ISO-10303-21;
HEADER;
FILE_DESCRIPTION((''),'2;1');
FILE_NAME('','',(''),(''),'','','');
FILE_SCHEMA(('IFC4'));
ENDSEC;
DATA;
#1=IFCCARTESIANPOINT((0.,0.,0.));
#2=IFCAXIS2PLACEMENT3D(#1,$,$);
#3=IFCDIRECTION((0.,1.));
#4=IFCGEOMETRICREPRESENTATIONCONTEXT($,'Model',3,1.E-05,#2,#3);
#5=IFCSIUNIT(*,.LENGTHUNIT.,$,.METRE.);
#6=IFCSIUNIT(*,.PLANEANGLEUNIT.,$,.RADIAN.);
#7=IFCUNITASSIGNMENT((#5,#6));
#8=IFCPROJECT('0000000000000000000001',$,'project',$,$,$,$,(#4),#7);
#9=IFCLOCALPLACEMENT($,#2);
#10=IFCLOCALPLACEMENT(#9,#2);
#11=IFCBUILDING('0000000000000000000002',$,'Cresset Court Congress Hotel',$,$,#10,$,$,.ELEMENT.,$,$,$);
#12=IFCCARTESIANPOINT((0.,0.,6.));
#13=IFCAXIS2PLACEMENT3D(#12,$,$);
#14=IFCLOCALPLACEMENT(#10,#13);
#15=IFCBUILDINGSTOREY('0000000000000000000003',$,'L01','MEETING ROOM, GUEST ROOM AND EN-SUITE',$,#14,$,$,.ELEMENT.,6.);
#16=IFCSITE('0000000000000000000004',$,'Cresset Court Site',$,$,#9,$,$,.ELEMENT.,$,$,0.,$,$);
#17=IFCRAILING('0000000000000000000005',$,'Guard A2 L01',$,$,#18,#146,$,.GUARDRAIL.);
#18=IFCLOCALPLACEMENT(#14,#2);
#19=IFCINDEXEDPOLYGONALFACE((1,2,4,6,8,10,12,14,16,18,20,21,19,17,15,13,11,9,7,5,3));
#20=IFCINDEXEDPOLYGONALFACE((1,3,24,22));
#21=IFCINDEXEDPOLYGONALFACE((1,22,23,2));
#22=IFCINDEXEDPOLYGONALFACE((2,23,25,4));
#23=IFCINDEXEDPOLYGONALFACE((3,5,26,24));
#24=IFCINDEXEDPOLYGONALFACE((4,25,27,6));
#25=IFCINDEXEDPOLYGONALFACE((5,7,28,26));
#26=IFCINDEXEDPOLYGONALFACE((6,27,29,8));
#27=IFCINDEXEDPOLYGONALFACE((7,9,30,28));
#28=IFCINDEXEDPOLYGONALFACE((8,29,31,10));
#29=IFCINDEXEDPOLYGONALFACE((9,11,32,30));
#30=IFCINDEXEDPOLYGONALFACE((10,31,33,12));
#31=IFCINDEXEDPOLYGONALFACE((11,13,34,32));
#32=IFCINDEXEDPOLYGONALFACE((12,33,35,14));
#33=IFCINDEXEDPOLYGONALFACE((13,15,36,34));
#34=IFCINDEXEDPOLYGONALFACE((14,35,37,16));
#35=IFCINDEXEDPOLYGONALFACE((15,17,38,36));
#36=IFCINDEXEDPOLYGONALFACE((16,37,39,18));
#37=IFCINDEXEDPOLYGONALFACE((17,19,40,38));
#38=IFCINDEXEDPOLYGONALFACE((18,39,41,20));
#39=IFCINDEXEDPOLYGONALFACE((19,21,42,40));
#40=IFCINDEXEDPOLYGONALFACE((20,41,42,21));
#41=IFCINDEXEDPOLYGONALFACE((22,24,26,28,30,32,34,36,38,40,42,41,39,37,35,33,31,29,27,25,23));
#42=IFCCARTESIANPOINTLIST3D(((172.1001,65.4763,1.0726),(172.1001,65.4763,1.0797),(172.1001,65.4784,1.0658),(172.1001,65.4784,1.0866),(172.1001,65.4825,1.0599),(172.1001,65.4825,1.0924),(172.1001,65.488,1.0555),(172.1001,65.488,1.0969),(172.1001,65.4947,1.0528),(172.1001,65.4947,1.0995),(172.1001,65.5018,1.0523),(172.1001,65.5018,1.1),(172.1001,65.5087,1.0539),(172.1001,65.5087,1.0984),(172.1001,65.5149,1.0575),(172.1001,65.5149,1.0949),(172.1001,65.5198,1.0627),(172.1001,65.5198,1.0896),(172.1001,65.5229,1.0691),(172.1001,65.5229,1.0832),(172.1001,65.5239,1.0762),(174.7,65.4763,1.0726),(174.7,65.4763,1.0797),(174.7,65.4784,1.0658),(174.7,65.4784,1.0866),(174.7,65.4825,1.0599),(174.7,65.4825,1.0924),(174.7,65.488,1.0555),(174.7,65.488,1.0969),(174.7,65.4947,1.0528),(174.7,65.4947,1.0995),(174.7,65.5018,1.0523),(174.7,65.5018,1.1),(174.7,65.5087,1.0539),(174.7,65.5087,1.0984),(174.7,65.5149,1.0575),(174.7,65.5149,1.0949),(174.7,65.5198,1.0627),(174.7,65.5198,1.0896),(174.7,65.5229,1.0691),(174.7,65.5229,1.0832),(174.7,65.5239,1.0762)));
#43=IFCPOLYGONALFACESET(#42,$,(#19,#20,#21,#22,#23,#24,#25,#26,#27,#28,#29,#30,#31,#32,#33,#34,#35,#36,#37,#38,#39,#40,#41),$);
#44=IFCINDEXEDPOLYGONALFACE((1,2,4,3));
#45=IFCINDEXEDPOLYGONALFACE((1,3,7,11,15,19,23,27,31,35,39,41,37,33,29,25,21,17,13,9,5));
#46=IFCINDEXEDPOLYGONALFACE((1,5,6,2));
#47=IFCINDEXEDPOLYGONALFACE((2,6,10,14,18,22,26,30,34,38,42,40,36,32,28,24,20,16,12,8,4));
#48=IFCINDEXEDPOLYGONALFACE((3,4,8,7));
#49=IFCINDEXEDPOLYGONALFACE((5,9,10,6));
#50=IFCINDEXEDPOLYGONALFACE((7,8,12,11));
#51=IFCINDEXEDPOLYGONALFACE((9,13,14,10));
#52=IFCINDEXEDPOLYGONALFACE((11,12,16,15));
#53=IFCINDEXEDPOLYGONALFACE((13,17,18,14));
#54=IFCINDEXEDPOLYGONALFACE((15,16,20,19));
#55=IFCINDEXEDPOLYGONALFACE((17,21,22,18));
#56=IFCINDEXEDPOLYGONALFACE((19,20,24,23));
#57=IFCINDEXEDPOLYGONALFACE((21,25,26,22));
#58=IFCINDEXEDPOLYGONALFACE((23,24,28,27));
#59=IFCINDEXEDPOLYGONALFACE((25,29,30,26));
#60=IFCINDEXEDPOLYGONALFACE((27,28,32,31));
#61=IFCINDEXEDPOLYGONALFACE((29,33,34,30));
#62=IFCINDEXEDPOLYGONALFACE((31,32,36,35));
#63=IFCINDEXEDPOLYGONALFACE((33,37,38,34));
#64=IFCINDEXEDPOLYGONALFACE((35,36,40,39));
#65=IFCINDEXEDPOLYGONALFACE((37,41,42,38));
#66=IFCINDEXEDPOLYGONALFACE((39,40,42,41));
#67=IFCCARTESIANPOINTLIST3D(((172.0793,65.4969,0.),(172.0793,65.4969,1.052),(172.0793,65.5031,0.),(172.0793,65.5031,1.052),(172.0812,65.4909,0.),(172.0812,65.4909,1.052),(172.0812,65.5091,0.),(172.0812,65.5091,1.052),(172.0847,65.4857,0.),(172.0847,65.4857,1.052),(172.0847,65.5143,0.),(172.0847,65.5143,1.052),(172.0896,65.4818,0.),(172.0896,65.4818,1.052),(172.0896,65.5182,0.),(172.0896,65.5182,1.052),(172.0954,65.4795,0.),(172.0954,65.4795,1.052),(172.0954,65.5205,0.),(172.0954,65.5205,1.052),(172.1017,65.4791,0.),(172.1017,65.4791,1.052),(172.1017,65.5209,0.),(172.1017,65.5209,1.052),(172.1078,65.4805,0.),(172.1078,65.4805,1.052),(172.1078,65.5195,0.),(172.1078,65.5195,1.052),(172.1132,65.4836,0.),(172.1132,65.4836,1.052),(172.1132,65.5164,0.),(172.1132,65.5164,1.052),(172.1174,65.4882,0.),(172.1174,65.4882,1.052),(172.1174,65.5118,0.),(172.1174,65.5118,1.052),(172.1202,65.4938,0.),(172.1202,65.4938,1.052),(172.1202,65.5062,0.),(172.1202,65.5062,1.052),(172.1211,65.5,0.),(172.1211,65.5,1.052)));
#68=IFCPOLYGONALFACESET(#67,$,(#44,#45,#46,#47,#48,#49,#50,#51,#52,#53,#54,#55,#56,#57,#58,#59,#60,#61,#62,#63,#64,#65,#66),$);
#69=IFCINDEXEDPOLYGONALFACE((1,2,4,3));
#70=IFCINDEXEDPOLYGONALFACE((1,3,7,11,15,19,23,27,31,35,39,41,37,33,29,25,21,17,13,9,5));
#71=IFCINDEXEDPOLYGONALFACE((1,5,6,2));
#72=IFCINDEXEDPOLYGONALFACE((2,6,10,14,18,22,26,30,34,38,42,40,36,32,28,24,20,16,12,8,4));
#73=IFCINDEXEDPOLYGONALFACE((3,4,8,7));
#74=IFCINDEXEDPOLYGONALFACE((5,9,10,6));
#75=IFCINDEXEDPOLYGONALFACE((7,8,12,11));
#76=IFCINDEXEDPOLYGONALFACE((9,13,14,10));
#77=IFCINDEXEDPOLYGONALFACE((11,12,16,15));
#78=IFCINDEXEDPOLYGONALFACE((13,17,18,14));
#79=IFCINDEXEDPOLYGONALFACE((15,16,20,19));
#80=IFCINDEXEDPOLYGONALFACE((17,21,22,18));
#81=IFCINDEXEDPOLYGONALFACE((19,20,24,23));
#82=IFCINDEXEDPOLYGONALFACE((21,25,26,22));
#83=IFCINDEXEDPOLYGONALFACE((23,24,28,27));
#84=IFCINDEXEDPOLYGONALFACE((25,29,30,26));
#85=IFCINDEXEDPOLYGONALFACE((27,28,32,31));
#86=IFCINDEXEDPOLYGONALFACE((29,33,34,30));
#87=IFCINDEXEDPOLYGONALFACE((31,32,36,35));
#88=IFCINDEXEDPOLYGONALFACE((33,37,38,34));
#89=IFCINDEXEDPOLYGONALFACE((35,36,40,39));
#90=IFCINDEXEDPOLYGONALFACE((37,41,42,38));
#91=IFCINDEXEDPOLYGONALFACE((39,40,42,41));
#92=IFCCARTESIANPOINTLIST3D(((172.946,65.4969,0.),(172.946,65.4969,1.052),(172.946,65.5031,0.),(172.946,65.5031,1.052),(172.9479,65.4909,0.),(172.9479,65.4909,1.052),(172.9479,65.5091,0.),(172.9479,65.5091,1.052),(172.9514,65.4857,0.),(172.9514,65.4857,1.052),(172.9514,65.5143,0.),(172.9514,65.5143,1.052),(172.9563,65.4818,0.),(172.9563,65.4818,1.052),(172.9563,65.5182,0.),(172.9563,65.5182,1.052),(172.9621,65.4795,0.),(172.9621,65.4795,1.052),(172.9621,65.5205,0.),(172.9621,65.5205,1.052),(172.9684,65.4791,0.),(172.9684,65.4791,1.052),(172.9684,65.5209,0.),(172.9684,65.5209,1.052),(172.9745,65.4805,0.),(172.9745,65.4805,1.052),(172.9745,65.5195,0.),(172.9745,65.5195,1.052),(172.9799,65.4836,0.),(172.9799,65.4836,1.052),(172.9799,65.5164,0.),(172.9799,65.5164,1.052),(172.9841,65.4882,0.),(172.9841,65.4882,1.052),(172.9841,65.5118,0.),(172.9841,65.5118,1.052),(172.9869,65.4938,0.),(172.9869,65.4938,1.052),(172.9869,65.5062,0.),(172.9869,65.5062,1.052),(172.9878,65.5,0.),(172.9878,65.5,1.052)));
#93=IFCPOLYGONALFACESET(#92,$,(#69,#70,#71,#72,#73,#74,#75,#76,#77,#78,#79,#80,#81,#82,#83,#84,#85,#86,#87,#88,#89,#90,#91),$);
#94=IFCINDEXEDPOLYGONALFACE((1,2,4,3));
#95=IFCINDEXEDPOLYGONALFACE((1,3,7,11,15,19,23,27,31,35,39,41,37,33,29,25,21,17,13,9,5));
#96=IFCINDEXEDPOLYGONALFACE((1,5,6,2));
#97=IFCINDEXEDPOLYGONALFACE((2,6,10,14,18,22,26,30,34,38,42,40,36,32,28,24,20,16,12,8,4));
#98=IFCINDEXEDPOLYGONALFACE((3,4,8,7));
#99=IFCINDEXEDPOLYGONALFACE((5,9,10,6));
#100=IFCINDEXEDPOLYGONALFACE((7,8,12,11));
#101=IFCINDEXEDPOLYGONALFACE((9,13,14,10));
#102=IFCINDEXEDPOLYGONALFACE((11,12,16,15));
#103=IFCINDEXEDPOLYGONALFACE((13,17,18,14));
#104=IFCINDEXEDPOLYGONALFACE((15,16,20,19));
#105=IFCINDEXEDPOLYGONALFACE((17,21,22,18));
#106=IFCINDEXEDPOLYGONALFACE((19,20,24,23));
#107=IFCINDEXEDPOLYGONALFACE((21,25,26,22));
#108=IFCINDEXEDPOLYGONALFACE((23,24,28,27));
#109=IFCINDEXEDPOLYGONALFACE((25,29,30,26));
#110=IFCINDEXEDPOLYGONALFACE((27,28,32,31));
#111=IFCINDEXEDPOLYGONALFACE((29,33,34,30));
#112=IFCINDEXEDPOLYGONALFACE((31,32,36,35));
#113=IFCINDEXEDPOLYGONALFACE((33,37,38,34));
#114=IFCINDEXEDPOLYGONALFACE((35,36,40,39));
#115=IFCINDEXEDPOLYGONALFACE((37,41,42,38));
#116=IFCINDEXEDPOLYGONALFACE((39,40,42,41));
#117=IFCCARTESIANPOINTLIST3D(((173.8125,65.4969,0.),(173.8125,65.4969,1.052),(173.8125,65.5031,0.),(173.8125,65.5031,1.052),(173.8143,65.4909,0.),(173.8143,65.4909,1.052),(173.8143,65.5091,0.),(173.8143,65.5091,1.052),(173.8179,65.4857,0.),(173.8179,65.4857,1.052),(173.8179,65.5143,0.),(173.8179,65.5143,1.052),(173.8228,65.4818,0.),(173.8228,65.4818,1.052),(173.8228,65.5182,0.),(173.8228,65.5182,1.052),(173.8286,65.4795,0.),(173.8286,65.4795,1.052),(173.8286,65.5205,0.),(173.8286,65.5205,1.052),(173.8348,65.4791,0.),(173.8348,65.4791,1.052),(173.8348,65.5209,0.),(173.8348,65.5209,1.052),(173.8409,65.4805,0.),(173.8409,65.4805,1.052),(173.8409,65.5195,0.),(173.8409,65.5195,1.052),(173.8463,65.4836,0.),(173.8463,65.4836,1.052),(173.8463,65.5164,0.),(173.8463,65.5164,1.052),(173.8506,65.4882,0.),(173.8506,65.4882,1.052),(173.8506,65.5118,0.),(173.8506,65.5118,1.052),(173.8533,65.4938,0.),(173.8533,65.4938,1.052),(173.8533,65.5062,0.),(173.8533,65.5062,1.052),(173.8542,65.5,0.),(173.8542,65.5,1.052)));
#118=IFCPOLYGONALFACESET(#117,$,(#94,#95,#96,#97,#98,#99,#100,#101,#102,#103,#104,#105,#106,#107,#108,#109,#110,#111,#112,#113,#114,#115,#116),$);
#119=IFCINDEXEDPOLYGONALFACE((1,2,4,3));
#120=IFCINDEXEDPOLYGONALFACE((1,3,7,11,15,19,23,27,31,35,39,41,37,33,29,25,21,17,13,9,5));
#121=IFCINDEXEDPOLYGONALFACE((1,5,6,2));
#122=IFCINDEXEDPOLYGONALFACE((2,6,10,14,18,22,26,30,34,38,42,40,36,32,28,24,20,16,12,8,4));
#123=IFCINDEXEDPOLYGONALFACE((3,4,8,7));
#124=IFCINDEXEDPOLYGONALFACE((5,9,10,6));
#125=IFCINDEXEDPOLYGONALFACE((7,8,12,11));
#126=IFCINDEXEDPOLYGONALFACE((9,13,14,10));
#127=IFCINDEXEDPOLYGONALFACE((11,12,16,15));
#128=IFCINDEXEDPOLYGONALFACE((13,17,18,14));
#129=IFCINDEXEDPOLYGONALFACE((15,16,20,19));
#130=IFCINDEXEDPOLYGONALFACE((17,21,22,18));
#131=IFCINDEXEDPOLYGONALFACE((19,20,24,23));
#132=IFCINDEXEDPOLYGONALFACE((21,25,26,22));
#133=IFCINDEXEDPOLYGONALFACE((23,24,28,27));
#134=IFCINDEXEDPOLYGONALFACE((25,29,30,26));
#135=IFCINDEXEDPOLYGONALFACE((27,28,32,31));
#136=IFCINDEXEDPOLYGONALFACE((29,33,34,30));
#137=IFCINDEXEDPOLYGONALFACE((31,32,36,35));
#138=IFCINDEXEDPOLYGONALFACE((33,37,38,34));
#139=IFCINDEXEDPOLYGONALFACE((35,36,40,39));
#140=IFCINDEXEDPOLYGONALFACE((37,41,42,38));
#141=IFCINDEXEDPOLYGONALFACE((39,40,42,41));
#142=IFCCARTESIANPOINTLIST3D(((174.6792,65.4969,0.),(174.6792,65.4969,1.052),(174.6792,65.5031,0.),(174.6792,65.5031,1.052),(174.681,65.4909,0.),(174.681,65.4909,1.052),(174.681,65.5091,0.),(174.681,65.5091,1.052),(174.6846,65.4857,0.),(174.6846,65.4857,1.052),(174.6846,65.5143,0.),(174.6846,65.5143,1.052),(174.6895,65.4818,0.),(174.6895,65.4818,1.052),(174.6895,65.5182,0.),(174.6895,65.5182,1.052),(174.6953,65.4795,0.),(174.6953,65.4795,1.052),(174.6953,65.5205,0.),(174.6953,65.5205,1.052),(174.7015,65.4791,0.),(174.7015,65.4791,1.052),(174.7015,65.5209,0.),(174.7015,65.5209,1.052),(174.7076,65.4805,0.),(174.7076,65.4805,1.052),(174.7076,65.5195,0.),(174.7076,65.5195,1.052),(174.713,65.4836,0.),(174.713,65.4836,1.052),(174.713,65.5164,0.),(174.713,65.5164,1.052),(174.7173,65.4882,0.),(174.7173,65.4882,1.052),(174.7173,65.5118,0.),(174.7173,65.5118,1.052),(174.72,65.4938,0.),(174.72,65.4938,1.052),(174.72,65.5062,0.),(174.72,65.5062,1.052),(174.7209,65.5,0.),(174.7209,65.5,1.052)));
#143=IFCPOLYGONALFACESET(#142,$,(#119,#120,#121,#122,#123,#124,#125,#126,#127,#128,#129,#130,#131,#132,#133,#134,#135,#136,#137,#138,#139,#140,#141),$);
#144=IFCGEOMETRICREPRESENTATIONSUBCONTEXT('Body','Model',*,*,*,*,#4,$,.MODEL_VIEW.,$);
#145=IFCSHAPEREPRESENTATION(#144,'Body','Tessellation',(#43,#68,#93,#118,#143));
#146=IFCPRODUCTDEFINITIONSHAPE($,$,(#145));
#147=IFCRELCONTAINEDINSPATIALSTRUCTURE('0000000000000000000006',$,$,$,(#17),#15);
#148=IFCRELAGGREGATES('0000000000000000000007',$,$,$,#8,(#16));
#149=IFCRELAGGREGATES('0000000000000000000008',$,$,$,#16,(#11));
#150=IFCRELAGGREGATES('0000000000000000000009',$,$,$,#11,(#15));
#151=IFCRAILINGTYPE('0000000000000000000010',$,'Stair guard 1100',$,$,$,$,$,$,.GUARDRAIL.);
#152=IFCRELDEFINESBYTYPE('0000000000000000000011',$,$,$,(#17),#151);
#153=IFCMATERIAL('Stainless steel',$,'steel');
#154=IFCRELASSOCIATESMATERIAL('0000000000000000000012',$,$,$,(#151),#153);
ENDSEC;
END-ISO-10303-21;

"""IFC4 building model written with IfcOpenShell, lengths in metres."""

from ifc_helpers import new_model, si_unit, direction, frame, origin, origin_2d, place, context, subcontext, project, spatial, circle, extrude, material, type_object, element, save


model = new_model("IFC4")

# Units and contexts
model_context = context("Model", 3, precision=1e-05, world=origin(), true_north=direction((0.0, 1.0)))
body_context = subcontext(model_context, "Body", "Model", "MODEL_VIEW")
ifc_project = project(units=[si_unit("LENGTHUNIT", "METRE"), si_unit("PLANEANGLEUNIT", "RADIAN")], contexts=[model_context])

# Site, building, storey
site_placement = place(None, origin())
site = spatial("IfcSite", under=ifc_project, at=site_placement, Name="Cresset Court Site", CompositionType="ELEMENT", RefElevation=0.0)
building_placement = place(site_placement, origin())
building = spatial("IfcBuilding", under=site, at=building_placement, Name="Cresset Court Congress Hotel", CompositionType="ELEMENT")
storey_placement = place(building_placement, frame((0.0, 0.0, 6.0)))
storey = spatial("IfcBuildingStorey", under=building, at=storey_placement, Name="L01", Description="MEETING ROOM, GUEST ROOM AND EN-SUITE", CompositionType="ELEMENT", Elevation=6.0)

# Railing
ifc_material_1 = material(Name="Stainless steel", Category="steel")
railing_type_1 = type_object("IfcRailingType", Name="Stair guard 1100", PredefinedType="GUARDRAIL", material=ifc_material_1)
for number, where, name in (
    (1, (172.1001, 65.5, 0.0), "Guard A2 L01"),
):
    element("IfcRailing", number, at=place(storey_placement, frame(where)), inside=storey, type_object=railing_type_1, Name=name, PredefinedType="GUARDRAIL", context=body_context, shape_type="SweptSolid", body=[
        extrude(circle(Radius=0.0239, at=origin_2d()), frame((0.0, 0.0, 1.0762), z_axis=(1.0, 0.0, 0.0), x_axis=(0.0, 1.0, 0.0)), (0.0, 0.0, 1.0), 2.5999),
        extrude(circle(Radius=0.021, at=origin_2d()), origin(), (0.0, 0.0, 1.0), 1.052),
        extrude(circle(Radius=0.021, at=origin_2d()), frame((0.8667, 0.0, 0.0)), (0.0, 0.0, 1.0), 1.052),
        extrude(circle(Radius=0.021, at=origin_2d()), frame((1.7332, 0.0, 0.0)), (0.0, 0.0, 1.0), 1.052),
        extrude(circle(Radius=0.021, at=origin_2d()), frame((2.5999, 0.0, 0.0)), (0.0, 0.0, 1.0), 1.052),
    ])

save(model, "model.ifc")
